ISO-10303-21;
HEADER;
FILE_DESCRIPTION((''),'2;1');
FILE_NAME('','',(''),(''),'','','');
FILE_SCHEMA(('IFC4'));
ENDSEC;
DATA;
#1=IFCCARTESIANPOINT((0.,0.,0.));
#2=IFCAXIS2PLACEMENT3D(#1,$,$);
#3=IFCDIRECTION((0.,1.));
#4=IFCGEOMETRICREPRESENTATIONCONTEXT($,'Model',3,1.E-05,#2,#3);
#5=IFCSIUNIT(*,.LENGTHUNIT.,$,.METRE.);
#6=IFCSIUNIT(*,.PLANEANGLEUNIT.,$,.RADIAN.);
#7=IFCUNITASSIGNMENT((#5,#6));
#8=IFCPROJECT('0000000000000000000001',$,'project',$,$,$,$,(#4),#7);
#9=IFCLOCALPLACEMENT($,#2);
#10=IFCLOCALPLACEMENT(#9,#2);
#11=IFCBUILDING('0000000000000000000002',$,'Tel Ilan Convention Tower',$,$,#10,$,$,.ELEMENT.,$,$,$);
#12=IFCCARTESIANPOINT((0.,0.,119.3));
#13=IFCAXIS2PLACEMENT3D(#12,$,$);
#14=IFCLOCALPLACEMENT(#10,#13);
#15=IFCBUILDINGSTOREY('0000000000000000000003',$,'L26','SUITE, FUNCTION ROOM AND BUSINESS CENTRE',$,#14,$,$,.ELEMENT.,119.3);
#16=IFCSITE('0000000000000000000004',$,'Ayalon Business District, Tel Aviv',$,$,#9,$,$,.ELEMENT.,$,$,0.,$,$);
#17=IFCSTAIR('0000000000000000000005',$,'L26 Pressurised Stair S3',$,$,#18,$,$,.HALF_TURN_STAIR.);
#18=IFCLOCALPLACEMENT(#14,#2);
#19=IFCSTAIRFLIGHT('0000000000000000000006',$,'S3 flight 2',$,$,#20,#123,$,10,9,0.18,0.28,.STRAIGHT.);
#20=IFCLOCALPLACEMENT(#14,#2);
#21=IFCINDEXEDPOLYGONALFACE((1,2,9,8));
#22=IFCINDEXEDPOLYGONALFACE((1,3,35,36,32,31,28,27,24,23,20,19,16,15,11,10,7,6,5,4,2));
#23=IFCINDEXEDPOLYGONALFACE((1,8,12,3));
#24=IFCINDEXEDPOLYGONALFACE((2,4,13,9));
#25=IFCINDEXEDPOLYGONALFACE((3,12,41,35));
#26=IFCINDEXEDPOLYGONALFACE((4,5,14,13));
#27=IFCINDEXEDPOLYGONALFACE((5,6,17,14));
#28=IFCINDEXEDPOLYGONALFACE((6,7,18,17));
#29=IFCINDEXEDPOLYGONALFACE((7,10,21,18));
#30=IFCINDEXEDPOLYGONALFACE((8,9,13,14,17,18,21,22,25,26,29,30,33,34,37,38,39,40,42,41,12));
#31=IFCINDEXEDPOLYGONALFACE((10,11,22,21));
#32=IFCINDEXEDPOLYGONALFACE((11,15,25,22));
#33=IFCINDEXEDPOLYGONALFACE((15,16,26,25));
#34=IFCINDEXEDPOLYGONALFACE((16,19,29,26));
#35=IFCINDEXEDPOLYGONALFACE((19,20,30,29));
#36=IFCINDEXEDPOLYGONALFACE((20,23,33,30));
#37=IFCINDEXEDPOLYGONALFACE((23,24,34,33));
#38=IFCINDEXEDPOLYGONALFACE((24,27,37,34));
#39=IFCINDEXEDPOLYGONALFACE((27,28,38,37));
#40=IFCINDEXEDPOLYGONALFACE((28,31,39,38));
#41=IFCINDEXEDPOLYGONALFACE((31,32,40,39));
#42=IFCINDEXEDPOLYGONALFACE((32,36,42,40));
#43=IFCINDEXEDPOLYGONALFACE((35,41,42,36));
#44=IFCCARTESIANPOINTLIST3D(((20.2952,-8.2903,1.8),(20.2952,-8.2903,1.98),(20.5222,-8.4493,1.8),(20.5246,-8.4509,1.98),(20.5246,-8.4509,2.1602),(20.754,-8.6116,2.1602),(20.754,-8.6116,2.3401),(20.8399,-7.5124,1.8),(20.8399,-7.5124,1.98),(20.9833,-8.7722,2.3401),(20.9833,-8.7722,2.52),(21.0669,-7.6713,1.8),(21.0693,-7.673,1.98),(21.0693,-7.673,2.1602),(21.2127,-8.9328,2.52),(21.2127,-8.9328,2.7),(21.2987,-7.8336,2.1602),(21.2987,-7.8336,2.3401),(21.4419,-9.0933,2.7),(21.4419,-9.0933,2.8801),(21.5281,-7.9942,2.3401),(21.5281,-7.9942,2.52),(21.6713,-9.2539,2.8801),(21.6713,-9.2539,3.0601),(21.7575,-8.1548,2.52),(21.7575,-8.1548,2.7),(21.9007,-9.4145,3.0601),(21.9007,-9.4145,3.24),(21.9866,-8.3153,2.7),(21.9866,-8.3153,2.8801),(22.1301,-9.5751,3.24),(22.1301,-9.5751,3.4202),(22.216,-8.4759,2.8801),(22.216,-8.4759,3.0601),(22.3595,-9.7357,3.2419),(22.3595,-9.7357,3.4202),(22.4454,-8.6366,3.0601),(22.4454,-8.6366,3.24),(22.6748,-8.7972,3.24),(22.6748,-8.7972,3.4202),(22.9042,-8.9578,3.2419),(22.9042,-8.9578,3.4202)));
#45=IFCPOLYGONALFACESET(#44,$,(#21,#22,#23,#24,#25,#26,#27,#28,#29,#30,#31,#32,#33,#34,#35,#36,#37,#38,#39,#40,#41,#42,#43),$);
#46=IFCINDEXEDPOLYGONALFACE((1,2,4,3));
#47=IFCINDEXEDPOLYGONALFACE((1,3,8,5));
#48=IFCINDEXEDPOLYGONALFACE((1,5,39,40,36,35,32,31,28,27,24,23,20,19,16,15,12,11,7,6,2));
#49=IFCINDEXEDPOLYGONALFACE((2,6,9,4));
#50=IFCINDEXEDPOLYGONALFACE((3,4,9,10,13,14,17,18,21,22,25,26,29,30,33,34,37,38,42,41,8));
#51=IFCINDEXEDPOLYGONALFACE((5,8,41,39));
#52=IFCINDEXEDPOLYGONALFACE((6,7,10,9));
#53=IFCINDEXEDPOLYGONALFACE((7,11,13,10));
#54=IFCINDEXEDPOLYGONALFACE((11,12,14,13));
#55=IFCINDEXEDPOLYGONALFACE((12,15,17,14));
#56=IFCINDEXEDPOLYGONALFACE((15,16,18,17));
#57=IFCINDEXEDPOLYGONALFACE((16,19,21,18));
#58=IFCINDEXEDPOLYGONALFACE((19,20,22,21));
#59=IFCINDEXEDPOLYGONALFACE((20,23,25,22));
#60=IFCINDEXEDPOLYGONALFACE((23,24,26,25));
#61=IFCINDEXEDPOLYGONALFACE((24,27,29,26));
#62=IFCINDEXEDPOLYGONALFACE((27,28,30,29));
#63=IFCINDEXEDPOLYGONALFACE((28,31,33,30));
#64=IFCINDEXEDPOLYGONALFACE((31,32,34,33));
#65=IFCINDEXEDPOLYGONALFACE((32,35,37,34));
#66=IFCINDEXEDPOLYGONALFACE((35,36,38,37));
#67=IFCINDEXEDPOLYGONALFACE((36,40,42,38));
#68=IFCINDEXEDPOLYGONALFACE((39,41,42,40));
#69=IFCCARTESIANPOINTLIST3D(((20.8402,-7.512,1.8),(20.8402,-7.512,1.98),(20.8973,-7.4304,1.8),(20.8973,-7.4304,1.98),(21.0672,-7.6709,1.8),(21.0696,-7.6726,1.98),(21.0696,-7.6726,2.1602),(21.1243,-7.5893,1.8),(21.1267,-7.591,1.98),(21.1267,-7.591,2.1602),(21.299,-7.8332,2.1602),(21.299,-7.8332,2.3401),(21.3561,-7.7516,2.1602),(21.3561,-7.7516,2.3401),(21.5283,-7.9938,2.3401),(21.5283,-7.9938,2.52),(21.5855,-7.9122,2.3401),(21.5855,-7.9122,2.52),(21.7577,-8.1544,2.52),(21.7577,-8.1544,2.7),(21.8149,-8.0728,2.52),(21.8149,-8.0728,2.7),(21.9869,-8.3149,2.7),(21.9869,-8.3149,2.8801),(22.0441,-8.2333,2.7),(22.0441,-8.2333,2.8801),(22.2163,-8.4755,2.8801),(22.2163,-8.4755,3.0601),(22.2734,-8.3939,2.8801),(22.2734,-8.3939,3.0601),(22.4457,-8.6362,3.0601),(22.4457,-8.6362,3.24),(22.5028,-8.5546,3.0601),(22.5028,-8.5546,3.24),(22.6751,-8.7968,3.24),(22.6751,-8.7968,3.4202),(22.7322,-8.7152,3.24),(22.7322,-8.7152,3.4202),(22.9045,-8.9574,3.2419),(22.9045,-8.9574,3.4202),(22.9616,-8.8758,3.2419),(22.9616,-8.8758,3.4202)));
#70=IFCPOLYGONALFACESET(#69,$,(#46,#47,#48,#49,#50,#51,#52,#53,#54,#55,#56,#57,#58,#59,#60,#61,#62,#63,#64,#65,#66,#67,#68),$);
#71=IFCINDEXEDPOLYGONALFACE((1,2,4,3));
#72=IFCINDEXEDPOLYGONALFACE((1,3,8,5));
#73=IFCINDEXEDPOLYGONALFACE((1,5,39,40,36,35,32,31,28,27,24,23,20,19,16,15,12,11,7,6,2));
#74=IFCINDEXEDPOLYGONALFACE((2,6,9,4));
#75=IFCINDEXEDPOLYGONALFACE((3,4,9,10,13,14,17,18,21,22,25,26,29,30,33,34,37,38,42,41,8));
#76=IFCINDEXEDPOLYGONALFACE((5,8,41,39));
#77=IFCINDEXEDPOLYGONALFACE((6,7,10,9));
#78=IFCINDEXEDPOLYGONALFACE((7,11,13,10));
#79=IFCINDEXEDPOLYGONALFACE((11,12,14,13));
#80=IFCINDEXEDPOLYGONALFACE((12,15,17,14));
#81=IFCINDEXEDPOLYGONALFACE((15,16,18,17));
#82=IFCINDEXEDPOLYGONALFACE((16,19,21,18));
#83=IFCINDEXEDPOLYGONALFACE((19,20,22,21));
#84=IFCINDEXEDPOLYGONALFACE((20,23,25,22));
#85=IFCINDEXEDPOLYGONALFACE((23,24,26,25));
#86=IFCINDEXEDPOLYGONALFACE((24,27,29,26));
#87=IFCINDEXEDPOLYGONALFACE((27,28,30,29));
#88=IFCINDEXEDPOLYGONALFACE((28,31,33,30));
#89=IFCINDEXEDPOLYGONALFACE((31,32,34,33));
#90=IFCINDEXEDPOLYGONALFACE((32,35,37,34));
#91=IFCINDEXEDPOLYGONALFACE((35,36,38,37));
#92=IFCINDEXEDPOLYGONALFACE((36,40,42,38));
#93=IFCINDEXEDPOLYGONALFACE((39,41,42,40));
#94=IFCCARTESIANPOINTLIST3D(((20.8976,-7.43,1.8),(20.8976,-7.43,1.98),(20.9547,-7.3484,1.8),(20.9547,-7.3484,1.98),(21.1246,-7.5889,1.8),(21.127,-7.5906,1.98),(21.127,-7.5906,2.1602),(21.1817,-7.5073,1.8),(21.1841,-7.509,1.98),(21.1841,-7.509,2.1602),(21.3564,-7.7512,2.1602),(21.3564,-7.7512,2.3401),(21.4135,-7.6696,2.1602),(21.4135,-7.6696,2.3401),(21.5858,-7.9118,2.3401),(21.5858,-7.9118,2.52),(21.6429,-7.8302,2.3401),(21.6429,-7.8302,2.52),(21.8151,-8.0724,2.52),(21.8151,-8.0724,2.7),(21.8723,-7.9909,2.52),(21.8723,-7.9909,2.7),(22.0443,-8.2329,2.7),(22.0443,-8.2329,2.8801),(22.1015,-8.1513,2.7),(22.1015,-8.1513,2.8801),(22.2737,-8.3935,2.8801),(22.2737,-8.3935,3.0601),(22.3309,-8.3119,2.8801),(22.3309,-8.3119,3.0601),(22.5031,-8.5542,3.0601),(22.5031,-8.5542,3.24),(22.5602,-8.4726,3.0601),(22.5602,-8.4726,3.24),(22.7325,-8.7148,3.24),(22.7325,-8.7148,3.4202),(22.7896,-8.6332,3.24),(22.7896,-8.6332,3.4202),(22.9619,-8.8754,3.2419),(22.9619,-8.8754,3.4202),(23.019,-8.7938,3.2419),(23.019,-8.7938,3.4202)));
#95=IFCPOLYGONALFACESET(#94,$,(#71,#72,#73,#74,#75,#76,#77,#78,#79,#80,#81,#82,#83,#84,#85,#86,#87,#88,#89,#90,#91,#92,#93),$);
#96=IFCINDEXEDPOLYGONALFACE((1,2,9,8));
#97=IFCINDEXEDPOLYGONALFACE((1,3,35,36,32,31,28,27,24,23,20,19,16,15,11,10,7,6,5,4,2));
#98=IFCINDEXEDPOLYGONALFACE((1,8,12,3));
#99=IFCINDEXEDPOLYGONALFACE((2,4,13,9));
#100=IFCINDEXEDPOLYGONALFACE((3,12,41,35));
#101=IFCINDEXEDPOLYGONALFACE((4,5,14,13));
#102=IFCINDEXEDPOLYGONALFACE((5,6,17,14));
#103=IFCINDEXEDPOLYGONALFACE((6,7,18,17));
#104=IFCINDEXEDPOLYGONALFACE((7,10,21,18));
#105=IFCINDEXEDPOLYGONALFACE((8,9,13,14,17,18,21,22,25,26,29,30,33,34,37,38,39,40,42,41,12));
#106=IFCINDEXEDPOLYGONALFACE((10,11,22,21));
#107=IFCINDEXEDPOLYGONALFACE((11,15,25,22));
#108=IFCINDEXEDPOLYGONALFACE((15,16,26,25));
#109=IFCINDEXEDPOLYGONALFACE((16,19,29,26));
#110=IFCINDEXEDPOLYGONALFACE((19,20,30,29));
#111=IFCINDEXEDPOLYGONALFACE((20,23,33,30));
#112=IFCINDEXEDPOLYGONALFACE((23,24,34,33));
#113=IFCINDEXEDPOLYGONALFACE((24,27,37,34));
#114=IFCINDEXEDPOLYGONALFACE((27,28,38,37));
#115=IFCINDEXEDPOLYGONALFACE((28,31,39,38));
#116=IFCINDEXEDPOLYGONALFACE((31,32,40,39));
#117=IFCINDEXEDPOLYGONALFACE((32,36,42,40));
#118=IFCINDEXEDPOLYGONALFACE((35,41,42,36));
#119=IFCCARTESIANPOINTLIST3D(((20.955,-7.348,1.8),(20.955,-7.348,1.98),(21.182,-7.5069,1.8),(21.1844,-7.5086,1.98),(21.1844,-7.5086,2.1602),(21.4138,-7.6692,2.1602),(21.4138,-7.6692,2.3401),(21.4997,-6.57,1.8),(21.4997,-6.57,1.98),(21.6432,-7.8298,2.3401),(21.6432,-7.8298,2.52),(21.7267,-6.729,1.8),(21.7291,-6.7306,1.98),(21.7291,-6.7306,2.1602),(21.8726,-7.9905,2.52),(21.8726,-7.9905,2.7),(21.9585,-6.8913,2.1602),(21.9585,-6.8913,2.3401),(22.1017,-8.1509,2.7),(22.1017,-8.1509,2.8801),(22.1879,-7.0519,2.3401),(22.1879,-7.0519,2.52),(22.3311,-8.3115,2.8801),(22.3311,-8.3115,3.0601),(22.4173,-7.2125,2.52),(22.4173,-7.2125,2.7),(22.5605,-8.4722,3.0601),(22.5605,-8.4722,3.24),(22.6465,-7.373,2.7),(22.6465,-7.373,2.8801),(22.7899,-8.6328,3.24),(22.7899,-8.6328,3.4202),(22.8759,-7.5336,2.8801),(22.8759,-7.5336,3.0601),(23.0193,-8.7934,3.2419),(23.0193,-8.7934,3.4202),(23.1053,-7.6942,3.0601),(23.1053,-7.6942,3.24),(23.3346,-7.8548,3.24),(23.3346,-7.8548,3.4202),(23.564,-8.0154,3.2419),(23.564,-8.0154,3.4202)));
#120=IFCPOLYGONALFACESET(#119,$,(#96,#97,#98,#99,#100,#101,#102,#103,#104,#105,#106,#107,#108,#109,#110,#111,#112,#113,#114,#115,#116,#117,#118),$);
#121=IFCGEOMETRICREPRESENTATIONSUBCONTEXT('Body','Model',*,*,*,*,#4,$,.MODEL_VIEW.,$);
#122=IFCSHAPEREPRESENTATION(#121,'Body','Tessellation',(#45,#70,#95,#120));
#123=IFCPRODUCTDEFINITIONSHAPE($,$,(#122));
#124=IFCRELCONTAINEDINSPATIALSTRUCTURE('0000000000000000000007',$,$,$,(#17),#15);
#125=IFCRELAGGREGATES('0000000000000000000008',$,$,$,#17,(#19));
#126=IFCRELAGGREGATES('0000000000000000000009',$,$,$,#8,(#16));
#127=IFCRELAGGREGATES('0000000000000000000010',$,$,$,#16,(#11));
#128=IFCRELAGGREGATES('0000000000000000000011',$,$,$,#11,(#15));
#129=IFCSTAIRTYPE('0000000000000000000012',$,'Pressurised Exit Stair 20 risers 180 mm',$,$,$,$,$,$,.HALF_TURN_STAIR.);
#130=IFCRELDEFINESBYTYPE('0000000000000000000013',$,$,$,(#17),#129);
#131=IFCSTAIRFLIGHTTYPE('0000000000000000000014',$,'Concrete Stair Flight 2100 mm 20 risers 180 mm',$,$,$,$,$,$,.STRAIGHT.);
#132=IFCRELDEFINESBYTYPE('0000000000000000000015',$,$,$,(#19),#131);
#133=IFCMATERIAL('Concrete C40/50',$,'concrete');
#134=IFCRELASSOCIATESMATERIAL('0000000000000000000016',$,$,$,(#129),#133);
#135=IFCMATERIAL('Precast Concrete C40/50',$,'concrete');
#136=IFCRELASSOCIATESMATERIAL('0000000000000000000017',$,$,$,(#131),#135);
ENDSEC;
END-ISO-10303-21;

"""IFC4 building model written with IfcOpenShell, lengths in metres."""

from ifc_helpers import new_model, si_unit, direction, frame, origin, place, context, subcontext, project, spatial, polyline, outline, extrude, material, type_object, element, aggregate, save


model = new_model("IFC4")

# Units and contexts
model_context = context("Model", 3, precision=1e-05, world=origin(), true_north=direction((0.0, 1.0)))
body_context = subcontext(model_context, "Body", "Model", "MODEL_VIEW")
ifc_project = project(units=[si_unit("LENGTHUNIT", "METRE"), si_unit("PLANEANGLEUNIT", "RADIAN")], contexts=[model_context])

# Site, building, storey
site_placement = place(None, origin())
site = spatial("IfcSite", under=ifc_project, at=site_placement, Name="Ayalon Business District, Tel Aviv", CompositionType="ELEMENT", RefElevation=0.0)
building_placement = place(site_placement, origin())
building = spatial("IfcBuilding", under=site, at=building_placement, Name="Tel Ilan Convention Tower", CompositionType="ELEMENT")
storey_placement = place(building_placement, frame((0.0, 0.0, 119.3)))
storey = spatial("IfcBuildingStorey", under=building, at=storey_placement, Name="L26", Description="SUITE, FUNCTION ROOM AND BUSINESS CENTRE", CompositionType="ELEMENT", Elevation=119.3)

# Stair, stair flight
ifc_material_1 = material(Name="Concrete C40/50", Category="concrete")
stair_type = type_object("IfcStairType", Name="Pressurised Exit Stair 20 risers 180 mm", PredefinedType="HALF_TURN_STAIR", material=ifc_material_1)
stair_1_placement = place(storey_placement, origin())
stair_1 = element("IfcStair", 1, at=stair_1_placement, inside=storey, type_object=stair_type, Name="L26 Pressurised Stair S3", PredefinedType="HALF_TURN_STAIR")
ifc_material_2 = material(Name="Precast Concrete C40/50", Category="concrete")
stair_flight_type = type_object("IfcStairFlightType", Name="Concrete Stair Flight 2100 mm 20 risers 180 mm", PredefinedType="STRAIGHT", material=ifc_material_2)
stair_flight_1_placement = place(storey_placement, frame((20.8975, -7.4302, 1.8), z_axis=(0.0, 0.0, 1.0), x_axis=(0.819152, -0.573576, 0.0)))
stair_flight_1 = element("IfcStairFlight", 2, at=stair_flight_1_placement, type_object=stair_flight_type, Name="S3 flight 2", NumberOfRisers=10, NumberOfTreads=9, PredefinedType="STRAIGHT", RiserHeight=0.18, TreadLength=0.28, context=body_context, shape_type="SweptSolid", body=[
    extrude(outline(polyline([(0.0, 0.0), (0.0, 0.1799), (0.28, 0.1799), (0.28, 0.3601), (0.5601, 0.3601), (0.5601, 0.54), (0.8401, 0.54), (0.8401, 0.72), (1.1201, 0.72), (1.1201, 0.8999), (1.3999, 0.8999), (1.3999, 1.0801), (1.6799, 1.0801), (1.6799, 1.26), (1.96, 1.26), (1.96, 1.4399), (2.24, 1.4399), (2.24, 1.6201), (2.52, 1.6201), (2.52, 1.8), (2.52, 1.4419), (0.2771, 0.0), (0.0, 0.0)])), frame((0.0, -0.1003, 0.0), z_axis=(0.0, -1.0, 0.0), x_axis=(1.0, 0.0, 0.0)), (0.0, 0.0, 1.0), 0.9497),
    extrude(outline(polyline([(0.0, 0.0), (0.0, 0.1799), (0.28, 0.1799), (0.28, 0.3601), (0.5601, 0.3601), (0.5601, 0.54), (0.8401, 0.54), (0.8401, 0.72), (1.1201, 0.72), (1.1201, 0.8999), (1.3999, 0.8999), (1.3999, 1.0801), (1.6799, 1.0801), (1.6799, 1.26), (1.96, 1.26), (1.96, 1.4399), (2.24, 1.4399), (2.24, 1.6201), (2.52, 1.6201), (2.52, 1.8), (2.52, 1.4419), (0.2771, 0.0), (0.0, 0.0)])), frame((0.0, -0.0002, 0.0), z_axis=(0.0, -1.0, 0.0), x_axis=(1.0, 0.0, 0.0)), (0.0, 0.0, 1.0), 0.0996),
    extrude(outline(polyline([(0.0, 0.0), (0.0, 0.1799), (0.28, 0.1799), (0.28, 0.3601), (0.5601, 0.3601), (0.5601, 0.54), (0.8401, 0.54), (0.8401, 0.72), (1.1201, 0.72), (1.1201, 0.8999), (1.3999, 0.8999), (1.3999, 1.0801), (1.6799, 1.0801), (1.6799, 1.26), (1.96, 1.26), (1.96, 1.4399), (2.24, 1.4399), (2.24, 1.6201), (2.52, 1.6201), (2.52, 1.8), (2.52, 1.4419), (0.2771, 0.0), (0.0, 0.0)])), frame((0.0, 0.0999, 0.0), z_axis=(0.0, -1.0, 0.0), x_axis=(1.0, 0.0, 0.0)), (0.0, 0.0, 1.0), 0.0996),
    extrude(outline(polyline([(0.0, 0.0), (0.0, 0.1799), (0.28, 0.1799), (0.28, 0.3601), (0.5601, 0.3601), (0.5601, 0.54), (0.8401, 0.54), (0.8401, 0.72), (1.1201, 0.72), (1.1201, 0.8999), (1.3999, 0.8999), (1.3999, 1.0801), (1.6799, 1.0801), (1.6799, 1.26), (1.96, 1.26), (1.96, 1.4399), (2.24, 1.4399), (2.24, 1.6201), (2.52, 1.6201), (2.52, 1.8), (2.52, 1.4419), (0.2771, 0.0), (0.0, 0.0)])), frame((0.0, 1.05, 0.0), z_axis=(0.0, -1.0, 0.0), x_axis=(1.0, 0.0, 0.0)), (0.0, 0.0, 1.0), 0.9497),
])
aggregate(stair_1, [stair_flight_1])

save(model, "model.ifc")
